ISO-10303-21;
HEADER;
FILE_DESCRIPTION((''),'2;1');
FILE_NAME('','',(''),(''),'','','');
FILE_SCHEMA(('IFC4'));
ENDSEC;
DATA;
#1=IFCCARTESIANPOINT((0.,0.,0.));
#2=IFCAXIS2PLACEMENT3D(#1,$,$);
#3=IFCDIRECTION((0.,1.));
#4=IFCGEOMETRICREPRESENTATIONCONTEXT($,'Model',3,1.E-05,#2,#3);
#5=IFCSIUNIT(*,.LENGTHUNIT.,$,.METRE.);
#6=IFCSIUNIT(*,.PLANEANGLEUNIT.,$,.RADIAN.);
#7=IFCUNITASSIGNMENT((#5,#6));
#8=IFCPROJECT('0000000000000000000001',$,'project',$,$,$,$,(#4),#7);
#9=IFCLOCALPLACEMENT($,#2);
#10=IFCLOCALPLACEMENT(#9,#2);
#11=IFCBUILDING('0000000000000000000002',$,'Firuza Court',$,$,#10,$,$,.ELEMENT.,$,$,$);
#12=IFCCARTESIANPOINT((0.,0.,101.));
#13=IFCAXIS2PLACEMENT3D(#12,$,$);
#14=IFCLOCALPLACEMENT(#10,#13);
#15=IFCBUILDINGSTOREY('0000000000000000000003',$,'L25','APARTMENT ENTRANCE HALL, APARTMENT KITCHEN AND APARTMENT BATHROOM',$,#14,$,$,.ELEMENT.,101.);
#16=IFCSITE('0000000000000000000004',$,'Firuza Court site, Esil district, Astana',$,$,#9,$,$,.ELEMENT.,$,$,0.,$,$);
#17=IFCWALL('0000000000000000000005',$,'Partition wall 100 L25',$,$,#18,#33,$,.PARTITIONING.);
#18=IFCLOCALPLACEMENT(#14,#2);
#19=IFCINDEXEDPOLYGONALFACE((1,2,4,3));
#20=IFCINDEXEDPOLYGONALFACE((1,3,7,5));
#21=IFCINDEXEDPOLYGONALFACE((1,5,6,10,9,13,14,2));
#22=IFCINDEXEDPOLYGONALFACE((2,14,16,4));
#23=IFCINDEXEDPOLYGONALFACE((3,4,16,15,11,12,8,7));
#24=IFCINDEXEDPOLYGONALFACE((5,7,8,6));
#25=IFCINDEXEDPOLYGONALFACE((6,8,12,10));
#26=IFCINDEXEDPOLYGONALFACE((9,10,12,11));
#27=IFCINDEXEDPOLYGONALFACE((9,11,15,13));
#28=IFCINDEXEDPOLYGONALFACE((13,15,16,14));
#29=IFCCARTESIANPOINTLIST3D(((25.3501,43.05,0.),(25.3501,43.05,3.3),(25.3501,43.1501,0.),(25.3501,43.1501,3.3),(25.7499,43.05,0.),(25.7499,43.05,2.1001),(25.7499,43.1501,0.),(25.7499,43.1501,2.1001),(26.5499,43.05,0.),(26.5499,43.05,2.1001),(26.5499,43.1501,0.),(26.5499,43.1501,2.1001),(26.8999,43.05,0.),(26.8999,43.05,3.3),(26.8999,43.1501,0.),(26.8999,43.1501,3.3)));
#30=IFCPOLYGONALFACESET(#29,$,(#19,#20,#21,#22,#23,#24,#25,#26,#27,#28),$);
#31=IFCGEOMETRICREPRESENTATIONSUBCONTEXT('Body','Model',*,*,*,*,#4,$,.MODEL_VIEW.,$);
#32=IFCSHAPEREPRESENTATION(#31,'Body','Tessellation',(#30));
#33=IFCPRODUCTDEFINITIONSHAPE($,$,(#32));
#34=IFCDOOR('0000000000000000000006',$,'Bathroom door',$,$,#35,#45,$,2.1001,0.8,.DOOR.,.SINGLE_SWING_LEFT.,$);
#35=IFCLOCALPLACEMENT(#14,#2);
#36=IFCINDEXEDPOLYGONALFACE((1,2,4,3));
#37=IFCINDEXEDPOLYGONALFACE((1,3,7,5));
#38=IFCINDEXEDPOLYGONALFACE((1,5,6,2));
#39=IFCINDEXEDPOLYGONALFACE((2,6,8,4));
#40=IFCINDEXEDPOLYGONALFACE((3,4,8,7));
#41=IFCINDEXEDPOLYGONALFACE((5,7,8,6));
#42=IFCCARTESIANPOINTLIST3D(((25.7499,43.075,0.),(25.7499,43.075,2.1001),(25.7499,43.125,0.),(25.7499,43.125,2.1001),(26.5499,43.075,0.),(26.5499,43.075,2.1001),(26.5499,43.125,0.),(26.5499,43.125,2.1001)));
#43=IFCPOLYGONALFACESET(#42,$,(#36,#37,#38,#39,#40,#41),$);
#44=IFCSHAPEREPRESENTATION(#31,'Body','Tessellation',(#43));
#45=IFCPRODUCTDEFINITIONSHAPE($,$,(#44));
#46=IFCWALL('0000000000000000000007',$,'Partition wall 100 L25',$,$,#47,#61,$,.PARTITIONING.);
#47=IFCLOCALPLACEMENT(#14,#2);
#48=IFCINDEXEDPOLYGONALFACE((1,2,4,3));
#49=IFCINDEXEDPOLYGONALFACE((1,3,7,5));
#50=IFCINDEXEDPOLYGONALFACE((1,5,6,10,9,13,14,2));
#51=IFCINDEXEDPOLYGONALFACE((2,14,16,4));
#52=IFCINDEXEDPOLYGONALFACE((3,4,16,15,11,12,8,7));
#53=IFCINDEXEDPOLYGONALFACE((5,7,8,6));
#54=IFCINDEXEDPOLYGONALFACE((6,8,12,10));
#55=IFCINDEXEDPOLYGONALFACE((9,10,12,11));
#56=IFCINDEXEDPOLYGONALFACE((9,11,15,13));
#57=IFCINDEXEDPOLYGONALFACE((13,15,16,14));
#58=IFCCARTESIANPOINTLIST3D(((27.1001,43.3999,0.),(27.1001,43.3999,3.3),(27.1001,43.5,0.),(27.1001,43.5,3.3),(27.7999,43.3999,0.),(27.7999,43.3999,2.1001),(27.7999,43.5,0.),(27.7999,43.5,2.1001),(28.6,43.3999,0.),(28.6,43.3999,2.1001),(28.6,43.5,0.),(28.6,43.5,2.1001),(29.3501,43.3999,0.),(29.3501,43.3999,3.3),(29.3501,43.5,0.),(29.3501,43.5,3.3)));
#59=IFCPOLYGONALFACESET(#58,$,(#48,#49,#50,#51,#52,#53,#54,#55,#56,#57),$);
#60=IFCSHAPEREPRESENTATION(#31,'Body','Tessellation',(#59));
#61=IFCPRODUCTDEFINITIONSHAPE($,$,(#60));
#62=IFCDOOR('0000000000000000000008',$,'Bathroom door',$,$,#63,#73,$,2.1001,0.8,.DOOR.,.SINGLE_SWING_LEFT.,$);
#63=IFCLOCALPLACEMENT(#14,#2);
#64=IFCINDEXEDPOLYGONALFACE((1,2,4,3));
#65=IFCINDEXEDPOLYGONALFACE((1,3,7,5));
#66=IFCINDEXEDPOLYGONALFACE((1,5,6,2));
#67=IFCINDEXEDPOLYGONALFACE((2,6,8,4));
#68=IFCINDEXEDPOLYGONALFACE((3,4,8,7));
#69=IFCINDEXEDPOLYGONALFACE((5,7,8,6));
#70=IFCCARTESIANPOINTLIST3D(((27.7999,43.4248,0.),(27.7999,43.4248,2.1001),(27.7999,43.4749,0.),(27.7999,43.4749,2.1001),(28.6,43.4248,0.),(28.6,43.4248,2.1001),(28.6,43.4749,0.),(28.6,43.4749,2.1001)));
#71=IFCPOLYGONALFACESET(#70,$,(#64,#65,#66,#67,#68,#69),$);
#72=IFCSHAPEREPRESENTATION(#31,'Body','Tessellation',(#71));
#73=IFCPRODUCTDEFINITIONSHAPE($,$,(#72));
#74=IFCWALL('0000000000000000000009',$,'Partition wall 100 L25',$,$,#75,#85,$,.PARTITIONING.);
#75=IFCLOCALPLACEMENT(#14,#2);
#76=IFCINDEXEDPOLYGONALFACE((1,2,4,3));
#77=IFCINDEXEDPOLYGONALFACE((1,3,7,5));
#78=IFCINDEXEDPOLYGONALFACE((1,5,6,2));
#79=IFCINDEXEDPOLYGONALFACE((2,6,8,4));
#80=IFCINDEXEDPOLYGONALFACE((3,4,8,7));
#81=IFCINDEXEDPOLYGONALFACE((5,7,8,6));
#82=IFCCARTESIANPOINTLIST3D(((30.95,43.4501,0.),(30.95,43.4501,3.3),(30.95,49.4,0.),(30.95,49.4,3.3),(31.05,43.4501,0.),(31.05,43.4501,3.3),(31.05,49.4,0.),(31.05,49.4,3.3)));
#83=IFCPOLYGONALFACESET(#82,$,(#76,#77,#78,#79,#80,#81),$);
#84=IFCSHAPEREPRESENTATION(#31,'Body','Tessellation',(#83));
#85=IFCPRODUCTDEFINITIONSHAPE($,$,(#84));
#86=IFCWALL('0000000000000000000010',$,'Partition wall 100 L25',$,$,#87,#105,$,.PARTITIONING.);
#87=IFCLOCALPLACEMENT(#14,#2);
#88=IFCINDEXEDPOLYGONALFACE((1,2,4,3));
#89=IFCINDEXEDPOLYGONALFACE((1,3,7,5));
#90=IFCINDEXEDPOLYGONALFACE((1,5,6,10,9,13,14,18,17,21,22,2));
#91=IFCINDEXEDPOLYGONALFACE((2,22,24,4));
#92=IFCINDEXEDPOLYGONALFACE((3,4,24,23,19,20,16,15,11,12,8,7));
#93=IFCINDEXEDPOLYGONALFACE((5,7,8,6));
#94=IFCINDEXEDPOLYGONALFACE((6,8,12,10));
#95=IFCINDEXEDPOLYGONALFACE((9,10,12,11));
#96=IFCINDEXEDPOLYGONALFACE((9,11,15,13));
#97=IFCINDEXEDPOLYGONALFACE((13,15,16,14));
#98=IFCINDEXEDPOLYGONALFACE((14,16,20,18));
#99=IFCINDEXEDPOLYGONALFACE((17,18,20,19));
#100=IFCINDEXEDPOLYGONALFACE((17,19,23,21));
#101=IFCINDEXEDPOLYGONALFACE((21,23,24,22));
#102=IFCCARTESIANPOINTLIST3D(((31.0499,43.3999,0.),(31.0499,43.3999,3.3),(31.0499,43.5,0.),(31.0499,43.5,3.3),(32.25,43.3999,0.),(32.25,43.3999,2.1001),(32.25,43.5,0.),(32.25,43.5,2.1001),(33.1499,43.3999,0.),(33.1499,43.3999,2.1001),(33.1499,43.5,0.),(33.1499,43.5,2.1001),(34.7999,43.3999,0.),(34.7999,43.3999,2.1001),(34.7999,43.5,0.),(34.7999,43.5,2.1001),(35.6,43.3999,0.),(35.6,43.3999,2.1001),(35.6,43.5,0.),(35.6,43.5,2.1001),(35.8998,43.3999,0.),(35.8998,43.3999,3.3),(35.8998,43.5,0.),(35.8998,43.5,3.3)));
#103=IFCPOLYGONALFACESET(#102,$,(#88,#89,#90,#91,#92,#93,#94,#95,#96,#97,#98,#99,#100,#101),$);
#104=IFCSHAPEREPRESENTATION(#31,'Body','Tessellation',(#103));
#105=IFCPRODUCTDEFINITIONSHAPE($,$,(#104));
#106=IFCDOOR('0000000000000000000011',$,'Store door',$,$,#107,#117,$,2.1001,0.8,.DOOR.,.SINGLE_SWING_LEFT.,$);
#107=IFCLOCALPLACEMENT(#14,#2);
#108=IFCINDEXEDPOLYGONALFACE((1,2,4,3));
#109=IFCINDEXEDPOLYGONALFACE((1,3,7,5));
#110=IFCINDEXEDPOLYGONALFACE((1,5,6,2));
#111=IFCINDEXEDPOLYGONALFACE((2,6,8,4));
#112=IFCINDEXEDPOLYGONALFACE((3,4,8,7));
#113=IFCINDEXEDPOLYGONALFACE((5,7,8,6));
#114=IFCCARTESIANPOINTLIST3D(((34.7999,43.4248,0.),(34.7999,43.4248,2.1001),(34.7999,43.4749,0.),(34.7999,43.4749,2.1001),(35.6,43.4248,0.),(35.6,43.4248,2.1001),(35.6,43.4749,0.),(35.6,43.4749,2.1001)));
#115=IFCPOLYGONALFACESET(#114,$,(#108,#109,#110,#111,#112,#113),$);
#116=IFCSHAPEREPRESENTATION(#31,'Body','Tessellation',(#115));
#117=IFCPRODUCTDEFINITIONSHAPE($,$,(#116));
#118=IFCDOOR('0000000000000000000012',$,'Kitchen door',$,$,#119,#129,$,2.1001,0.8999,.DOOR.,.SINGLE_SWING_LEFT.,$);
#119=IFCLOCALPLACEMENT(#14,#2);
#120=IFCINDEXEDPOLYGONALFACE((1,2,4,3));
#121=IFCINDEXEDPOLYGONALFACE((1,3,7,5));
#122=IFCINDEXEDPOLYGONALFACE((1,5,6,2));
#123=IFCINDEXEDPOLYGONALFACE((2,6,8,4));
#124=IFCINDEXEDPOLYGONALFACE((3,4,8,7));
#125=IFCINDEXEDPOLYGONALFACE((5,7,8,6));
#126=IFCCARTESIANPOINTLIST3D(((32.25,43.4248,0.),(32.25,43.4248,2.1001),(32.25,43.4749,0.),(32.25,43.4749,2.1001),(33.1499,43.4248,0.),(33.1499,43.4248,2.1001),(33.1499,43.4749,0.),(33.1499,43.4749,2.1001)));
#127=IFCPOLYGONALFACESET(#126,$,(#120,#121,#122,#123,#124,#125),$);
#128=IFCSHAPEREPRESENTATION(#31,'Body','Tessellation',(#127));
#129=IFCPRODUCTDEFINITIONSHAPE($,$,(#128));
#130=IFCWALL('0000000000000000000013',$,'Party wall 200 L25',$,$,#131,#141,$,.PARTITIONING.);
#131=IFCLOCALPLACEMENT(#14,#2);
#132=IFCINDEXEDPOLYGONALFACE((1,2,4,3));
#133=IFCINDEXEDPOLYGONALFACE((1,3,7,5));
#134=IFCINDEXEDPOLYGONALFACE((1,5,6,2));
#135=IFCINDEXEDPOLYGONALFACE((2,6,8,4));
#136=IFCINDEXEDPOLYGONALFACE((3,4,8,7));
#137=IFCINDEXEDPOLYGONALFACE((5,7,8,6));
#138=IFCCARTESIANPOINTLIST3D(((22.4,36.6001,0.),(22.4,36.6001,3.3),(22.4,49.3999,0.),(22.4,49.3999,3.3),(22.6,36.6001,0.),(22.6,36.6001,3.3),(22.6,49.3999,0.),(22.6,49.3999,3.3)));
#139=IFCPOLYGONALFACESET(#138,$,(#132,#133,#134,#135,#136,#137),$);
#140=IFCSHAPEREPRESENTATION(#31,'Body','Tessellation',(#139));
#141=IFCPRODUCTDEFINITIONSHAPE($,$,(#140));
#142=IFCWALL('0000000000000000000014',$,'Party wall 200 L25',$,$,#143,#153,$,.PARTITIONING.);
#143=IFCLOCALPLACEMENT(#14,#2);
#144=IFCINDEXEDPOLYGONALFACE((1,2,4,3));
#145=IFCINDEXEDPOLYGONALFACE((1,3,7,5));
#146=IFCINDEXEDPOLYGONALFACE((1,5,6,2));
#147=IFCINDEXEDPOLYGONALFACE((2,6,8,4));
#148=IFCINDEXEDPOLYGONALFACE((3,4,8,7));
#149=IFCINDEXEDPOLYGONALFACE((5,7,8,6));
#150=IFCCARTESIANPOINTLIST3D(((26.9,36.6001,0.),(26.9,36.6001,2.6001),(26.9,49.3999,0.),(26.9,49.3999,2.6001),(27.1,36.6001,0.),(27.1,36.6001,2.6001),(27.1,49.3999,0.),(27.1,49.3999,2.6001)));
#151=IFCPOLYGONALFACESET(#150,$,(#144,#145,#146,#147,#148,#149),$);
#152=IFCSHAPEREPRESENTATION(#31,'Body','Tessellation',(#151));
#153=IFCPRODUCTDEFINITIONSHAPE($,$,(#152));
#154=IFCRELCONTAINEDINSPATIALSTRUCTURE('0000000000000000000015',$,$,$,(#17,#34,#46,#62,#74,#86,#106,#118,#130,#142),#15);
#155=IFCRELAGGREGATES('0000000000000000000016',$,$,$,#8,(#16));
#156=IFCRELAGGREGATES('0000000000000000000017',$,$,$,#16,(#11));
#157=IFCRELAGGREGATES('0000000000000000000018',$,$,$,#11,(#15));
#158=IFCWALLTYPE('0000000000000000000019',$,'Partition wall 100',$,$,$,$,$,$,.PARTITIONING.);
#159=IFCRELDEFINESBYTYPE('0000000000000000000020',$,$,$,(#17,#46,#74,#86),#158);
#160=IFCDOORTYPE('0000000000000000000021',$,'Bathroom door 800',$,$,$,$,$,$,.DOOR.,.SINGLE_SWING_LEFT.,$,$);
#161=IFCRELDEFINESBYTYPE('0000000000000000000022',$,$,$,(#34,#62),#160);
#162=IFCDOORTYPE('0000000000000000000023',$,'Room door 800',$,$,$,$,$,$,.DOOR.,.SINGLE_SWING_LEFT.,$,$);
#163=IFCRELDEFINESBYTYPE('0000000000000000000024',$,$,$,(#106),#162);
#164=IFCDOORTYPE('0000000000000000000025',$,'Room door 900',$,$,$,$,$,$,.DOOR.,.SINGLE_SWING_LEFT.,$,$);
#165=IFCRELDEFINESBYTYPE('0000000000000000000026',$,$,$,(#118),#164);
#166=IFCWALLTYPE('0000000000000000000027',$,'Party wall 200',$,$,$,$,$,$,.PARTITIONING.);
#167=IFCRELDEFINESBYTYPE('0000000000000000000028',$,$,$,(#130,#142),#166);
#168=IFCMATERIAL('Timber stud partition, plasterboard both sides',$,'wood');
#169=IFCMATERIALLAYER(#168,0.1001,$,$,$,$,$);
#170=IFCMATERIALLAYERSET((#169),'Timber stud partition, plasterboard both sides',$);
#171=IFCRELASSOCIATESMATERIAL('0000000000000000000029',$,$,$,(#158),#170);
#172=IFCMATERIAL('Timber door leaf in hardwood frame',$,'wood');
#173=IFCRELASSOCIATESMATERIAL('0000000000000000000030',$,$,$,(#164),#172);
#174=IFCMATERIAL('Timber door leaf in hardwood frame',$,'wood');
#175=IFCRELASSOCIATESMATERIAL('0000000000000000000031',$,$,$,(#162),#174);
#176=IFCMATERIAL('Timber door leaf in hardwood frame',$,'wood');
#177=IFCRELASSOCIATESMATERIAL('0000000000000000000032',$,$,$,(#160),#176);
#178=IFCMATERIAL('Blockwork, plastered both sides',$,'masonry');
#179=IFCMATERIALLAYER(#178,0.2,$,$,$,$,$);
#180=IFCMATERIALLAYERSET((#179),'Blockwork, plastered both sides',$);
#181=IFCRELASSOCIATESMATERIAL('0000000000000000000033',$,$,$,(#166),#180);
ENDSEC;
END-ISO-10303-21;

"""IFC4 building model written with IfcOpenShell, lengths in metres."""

from ifc_helpers import new_model, si_unit, direction, frame, frame_2d, origin, place, context, subcontext, project, spatial, rectangle, extrude, material, layer, layer_set, type_object, element, fill, save


model = new_model("IFC4")

# Units and contexts
model_context = context("Model", 3, precision=1e-05, world=origin(), true_north=direction((0.0, 1.0)))
body_context = subcontext(model_context, "Body", "Model", "MODEL_VIEW")
ifc_project = project(units=[si_unit("LENGTHUNIT", "METRE"), si_unit("PLANEANGLEUNIT", "RADIAN")], contexts=[model_context])

# Site, building, storey
site_placement = place(None, origin())
site = spatial("IfcSite", under=ifc_project, at=site_placement, Name="Firuza Court site, Esil district, Astana", CompositionType="ELEMENT", RefElevation=0.0)
building_placement = place(site_placement, origin())
building = spatial("IfcBuilding", under=site, at=building_placement, Name="Firuza Court", CompositionType="ELEMENT")
storey_placement = place(building_placement, frame((0.0, 0.0, 101.0)))
storey = spatial("IfcBuildingStorey", under=building, at=storey_placement, Name="L25", Description="APARTMENT ENTRANCE HALL, APARTMENT KITCHEN AND APARTMENT BATHROOM", CompositionType="ELEMENT", Elevation=101.0)

# Shared definitions
ifc_material_1 = material(Name="Timber stud partition, plasterboard both sides", Category="wood")
ifc_layer_1 = layer(ifc_material_1, 0.1001)
ifc_layer_set_1 = layer_set([ifc_layer_1], Name="Timber stud partition, plasterboard both sides")
wall_type_1 = type_object("IfcWallType", Name="Partition wall 100", PredefinedType="PARTITIONING", material=ifc_layer_set_1)
ifc_material_2 = material(Name="Timber door leaf in hardwood frame", Category="wood")
door_type_1 = type_object("IfcDoorType", Name="Room door 900", OperationType="SINGLE_SWING_LEFT", PredefinedType="DOOR", material=ifc_material_2)

# Shared definitions
ifc_material_3 = material(Name="Timber door leaf in hardwood frame", Category="wood")
door_type_2 = type_object("IfcDoorType", Name="Room door 800", OperationType="SINGLE_SWING_LEFT", PredefinedType="DOOR", material=ifc_material_3)

# Walls, openings, doors
wall_1_placement = place(storey_placement, frame((25.3501, 43.1001, 0.0), z_axis=(0.0, 0.0, 1.0), x_axis=(1.0, 0.0, 0.0)))
wall_1 = element("IfcWall", 1, at=wall_1_placement, inside=storey, type_object=wall_type_1, Name="Partition wall 100 L25", PredefinedType="PARTITIONING", context=body_context, shape_type="SweptSolid", body=[
    extrude(rectangle(XDim=1.5498, YDim=0.1001, at=frame_2d((0.7749, 0.0))), origin(), (0.0, 0.0, 1.0), 3.3),
])
opening_1_placement = place(wall_1_placement, frame((0.3999, 0.0, 0.0)))
opening_1 = element("IfcOpeningElement", 2, at=opening_1_placement, cuts=wall_1, PredefinedType="OPENING", context=body_context, shape_type="SweptSolid", body=[
    extrude(rectangle(XDim=0.8, YDim=2.1001, at=frame_2d((0.3999, 1.05))), frame((0.0, 0.062, 0.0), z_axis=(0.0, -1.0, 0.0), x_axis=(1.0, 0.0, 0.0)), (0.0, 0.0, 1.0), 0.124),
])
ifc_material_4 = material(Name="Timber door leaf in hardwood frame", Category="wood")
door_type_3 = type_object("IfcDoorType", Name="Bathroom door 800", OperationType="SINGLE_SWING_LEFT", PredefinedType="DOOR", material=ifc_material_4)
door_1_placement = place(opening_1_placement, origin())
door_1 = element("IfcDoor", 3, at=door_1_placement, inside=storey, type_object=door_type_3, Name="Bathroom door", OperationType="SINGLE_SWING_LEFT", OverallHeight=2.1001, OverallWidth=0.8, PredefinedType="DOOR", context=body_context, shape_type="SweptSolid", body=[
    extrude(rectangle(XDim=0.8, YDim=2.1001, at=frame_2d((0.3999, 1.05))), frame((0.0, 0.0249, 0.0), z_axis=(0.0, -1.0, 0.0), x_axis=(1.0, 0.0, 0.0)), (0.0, 0.0, 1.0), 0.05),
])
fill(opening_1, door_1)
wall_2_placement = place(storey_placement, frame((27.1001, 43.45, 0.0), z_axis=(0.0, 0.0, 1.0), x_axis=(1.0, 0.0, 0.0)))
wall_2 = element("IfcWall", 4, at=wall_2_placement, inside=storey, type_object=wall_type_1, Name="Partition wall 100 L25", PredefinedType="PARTITIONING", context=body_context, shape_type="SweptSolid", body=[
    extrude(rectangle(XDim=2.25, YDim=0.1001, at=frame_2d((1.125, 0.0))), origin(), (0.0, 0.0, 1.0), 3.3),
])
opening_2_placement = place(wall_2_placement, frame((0.7, 0.0, 0.0)))
opening_2 = element("IfcOpeningElement", 5, at=opening_2_placement, cuts=wall_2, PredefinedType="OPENING", context=body_context, shape_type="SweptSolid", body=[
    extrude(rectangle(XDim=0.8, YDim=2.1001, at=frame_2d((0.3999, 1.05))), frame((0.0, 0.062, 0.0), z_axis=(0.0, -1.0, 0.0), x_axis=(1.0, 0.0, 0.0)), (0.0, 0.0, 1.0), 0.124),
])
door_2_placement = place(opening_2_placement, origin())
door_2 = element("IfcDoor", 6, at=door_2_placement, inside=storey, type_object=door_type_3, Name="Bathroom door", OperationType="SINGLE_SWING_LEFT", OverallHeight=2.1001, OverallWidth=0.8, PredefinedType="DOOR", context=body_context, shape_type="SweptSolid", body=[
    extrude(rectangle(XDim=0.8, YDim=2.1001, at=frame_2d((0.3999, 1.05))), frame((0.0, 0.0249, 0.0), z_axis=(0.0, -1.0, 0.0), x_axis=(1.0, 0.0, 0.0)), (0.0, 0.0, 1.0), 0.05),
])
fill(opening_2, door_2)

# Wall
wall_3_placement = place(storey_placement, frame((31.0, 43.45, 0.0), z_axis=(0.0, 0.0, 1.0), x_axis=(0.0, 1.0, 0.0)))
element("IfcWall", 7, at=wall_3_placement, inside=storey, type_object=wall_type_1, Name="Partition wall 100 L25", PredefinedType="PARTITIONING", context=body_context, shape_type="SweptSolid", body=[
    extrude(rectangle(XDim=5.95, YDim=0.1001, at=frame_2d((2.9751, 0.0))), origin(), (0.0, 0.0, 1.0), 3.3),
])

# Wall, openings, doors
wall_4_placement = place(storey_placement, frame((31.05, 43.45, 0.0), z_axis=(0.0, 0.0, 1.0), x_axis=(1.0, 0.0, 0.0)))
wall_4 = element("IfcWall", 8, at=wall_4_placement, inside=storey, type_object=wall_type_1, Name="Partition wall 100 L25", PredefinedType="PARTITIONING", context=body_context, shape_type="SweptSolid", body=[
    extrude(rectangle(XDim=4.8499, YDim=0.1001, at=frame_2d((2.4248, 0.0))), origin(), (0.0, 0.0, 1.0), 3.3),
])
opening_3_placement = place(wall_4_placement, frame((1.2, 0.0, 0.0)))
opening_3 = element("IfcOpeningElement", 9, at=opening_3_placement, cuts=wall_4, PredefinedType="OPENING", context=body_context, shape_type="SweptSolid", body=[
    extrude(rectangle(XDim=0.8999, YDim=2.1001, at=frame_2d((0.45, 1.05))), frame((0.0, 0.062, 0.0), z_axis=(0.0, -1.0, 0.0), x_axis=(1.0, 0.0, 0.0)), (0.0, 0.0, 1.0), 0.124),
])
opening_4_placement = place(wall_4_placement, frame((3.75, 0.0, 0.0)))
opening_4 = element("IfcOpeningElement", 10, at=opening_4_placement, cuts=wall_4, PredefinedType="OPENING", context=body_context, shape_type="SweptSolid", body=[
    extrude(rectangle(XDim=0.8, YDim=2.1001, at=frame_2d((0.3999, 1.05))), frame((0.0, 0.062, 0.0), z_axis=(0.0, -1.0, 0.0), x_axis=(1.0, 0.0, 0.0)), (0.0, 0.0, 1.0), 0.124),
])
door_3_placement = place(opening_4_placement, origin())
door_3 = element("IfcDoor", 11, at=door_3_placement, inside=storey, type_object=door_type_2, Name="Store door", OperationType="SINGLE_SWING_LEFT", OverallHeight=2.1001, OverallWidth=0.8, PredefinedType="DOOR", context=body_context, shape_type="SweptSolid", body=[
    extrude(rectangle(XDim=0.8, YDim=2.1001, at=frame_2d((0.3999, 1.05))), frame((0.0, 0.0249, 0.0), z_axis=(0.0, -1.0, 0.0), x_axis=(1.0, 0.0, 0.0)), (0.0, 0.0, 1.0), 0.05),
])
fill(opening_4, door_3)
door_4_placement = place(opening_3_placement, origin())
door_4 = element("IfcDoor", 12, at=door_4_placement, inside=storey, type_object=door_type_1, Name="Kitchen door", OperationType="SINGLE_SWING_LEFT", OverallHeight=2.1001, OverallWidth=0.8999, PredefinedType="DOOR", context=body_context, shape_type="SweptSolid", body=[
    extrude(rectangle(XDim=0.8999, YDim=2.1001, at=frame_2d((0.45, 1.05))), frame((0.0, 0.0249, 0.0), z_axis=(0.0, -1.0, 0.0), x_axis=(1.0, 0.0, 0.0)), (0.0, 0.0, 1.0), 0.05),
])
fill(opening_3, door_4)

# Walls
ifc_material_5 = material(Name="Blockwork, plastered both sides", Category="masonry")
ifc_layer_2 = layer(ifc_material_5, 0.2)
ifc_layer_set_2 = layer_set([ifc_layer_2], Name="Blockwork, plastered both sides")
wall_type_2 = type_object("IfcWallType", Name="Party wall 200", PredefinedType="PARTITIONING", material=ifc_layer_set_2)
wall_5_placement = place(storey_placement, frame((22.5, 36.6001, 0.0), z_axis=(0.0, 0.0, 1.0), x_axis=(0.0, 1.0, 0.0)))
element("IfcWall", 13, at=wall_5_placement, inside=storey, type_object=wall_type_2, Name="Party wall 200 L25", PredefinedType="PARTITIONING", context=body_context, shape_type="SweptSolid", body=[
    extrude(rectangle(XDim=12.7998, YDim=0.2, at=frame_2d((6.3999, 0.0))), origin(), (0.0, 0.0, 1.0), 3.3),
])
wall_6_placement = place(storey_placement, frame((27.0, 36.6001, 0.0), z_axis=(0.0, 0.0, 1.0), x_axis=(0.0, 1.0, 0.0)))
element("IfcWall", 14, at=wall_6_placement, inside=storey, type_object=wall_type_2, Name="Party wall 200 L25", PredefinedType="PARTITIONING", context=body_context, shape_type="SweptSolid", body=[
    extrude(rectangle(XDim=12.7998, YDim=0.2, at=frame_2d((6.3999, 0.0))), origin(), (0.0, 0.0, 1.0), 2.6001),
])

save(model, "model.ifc")
